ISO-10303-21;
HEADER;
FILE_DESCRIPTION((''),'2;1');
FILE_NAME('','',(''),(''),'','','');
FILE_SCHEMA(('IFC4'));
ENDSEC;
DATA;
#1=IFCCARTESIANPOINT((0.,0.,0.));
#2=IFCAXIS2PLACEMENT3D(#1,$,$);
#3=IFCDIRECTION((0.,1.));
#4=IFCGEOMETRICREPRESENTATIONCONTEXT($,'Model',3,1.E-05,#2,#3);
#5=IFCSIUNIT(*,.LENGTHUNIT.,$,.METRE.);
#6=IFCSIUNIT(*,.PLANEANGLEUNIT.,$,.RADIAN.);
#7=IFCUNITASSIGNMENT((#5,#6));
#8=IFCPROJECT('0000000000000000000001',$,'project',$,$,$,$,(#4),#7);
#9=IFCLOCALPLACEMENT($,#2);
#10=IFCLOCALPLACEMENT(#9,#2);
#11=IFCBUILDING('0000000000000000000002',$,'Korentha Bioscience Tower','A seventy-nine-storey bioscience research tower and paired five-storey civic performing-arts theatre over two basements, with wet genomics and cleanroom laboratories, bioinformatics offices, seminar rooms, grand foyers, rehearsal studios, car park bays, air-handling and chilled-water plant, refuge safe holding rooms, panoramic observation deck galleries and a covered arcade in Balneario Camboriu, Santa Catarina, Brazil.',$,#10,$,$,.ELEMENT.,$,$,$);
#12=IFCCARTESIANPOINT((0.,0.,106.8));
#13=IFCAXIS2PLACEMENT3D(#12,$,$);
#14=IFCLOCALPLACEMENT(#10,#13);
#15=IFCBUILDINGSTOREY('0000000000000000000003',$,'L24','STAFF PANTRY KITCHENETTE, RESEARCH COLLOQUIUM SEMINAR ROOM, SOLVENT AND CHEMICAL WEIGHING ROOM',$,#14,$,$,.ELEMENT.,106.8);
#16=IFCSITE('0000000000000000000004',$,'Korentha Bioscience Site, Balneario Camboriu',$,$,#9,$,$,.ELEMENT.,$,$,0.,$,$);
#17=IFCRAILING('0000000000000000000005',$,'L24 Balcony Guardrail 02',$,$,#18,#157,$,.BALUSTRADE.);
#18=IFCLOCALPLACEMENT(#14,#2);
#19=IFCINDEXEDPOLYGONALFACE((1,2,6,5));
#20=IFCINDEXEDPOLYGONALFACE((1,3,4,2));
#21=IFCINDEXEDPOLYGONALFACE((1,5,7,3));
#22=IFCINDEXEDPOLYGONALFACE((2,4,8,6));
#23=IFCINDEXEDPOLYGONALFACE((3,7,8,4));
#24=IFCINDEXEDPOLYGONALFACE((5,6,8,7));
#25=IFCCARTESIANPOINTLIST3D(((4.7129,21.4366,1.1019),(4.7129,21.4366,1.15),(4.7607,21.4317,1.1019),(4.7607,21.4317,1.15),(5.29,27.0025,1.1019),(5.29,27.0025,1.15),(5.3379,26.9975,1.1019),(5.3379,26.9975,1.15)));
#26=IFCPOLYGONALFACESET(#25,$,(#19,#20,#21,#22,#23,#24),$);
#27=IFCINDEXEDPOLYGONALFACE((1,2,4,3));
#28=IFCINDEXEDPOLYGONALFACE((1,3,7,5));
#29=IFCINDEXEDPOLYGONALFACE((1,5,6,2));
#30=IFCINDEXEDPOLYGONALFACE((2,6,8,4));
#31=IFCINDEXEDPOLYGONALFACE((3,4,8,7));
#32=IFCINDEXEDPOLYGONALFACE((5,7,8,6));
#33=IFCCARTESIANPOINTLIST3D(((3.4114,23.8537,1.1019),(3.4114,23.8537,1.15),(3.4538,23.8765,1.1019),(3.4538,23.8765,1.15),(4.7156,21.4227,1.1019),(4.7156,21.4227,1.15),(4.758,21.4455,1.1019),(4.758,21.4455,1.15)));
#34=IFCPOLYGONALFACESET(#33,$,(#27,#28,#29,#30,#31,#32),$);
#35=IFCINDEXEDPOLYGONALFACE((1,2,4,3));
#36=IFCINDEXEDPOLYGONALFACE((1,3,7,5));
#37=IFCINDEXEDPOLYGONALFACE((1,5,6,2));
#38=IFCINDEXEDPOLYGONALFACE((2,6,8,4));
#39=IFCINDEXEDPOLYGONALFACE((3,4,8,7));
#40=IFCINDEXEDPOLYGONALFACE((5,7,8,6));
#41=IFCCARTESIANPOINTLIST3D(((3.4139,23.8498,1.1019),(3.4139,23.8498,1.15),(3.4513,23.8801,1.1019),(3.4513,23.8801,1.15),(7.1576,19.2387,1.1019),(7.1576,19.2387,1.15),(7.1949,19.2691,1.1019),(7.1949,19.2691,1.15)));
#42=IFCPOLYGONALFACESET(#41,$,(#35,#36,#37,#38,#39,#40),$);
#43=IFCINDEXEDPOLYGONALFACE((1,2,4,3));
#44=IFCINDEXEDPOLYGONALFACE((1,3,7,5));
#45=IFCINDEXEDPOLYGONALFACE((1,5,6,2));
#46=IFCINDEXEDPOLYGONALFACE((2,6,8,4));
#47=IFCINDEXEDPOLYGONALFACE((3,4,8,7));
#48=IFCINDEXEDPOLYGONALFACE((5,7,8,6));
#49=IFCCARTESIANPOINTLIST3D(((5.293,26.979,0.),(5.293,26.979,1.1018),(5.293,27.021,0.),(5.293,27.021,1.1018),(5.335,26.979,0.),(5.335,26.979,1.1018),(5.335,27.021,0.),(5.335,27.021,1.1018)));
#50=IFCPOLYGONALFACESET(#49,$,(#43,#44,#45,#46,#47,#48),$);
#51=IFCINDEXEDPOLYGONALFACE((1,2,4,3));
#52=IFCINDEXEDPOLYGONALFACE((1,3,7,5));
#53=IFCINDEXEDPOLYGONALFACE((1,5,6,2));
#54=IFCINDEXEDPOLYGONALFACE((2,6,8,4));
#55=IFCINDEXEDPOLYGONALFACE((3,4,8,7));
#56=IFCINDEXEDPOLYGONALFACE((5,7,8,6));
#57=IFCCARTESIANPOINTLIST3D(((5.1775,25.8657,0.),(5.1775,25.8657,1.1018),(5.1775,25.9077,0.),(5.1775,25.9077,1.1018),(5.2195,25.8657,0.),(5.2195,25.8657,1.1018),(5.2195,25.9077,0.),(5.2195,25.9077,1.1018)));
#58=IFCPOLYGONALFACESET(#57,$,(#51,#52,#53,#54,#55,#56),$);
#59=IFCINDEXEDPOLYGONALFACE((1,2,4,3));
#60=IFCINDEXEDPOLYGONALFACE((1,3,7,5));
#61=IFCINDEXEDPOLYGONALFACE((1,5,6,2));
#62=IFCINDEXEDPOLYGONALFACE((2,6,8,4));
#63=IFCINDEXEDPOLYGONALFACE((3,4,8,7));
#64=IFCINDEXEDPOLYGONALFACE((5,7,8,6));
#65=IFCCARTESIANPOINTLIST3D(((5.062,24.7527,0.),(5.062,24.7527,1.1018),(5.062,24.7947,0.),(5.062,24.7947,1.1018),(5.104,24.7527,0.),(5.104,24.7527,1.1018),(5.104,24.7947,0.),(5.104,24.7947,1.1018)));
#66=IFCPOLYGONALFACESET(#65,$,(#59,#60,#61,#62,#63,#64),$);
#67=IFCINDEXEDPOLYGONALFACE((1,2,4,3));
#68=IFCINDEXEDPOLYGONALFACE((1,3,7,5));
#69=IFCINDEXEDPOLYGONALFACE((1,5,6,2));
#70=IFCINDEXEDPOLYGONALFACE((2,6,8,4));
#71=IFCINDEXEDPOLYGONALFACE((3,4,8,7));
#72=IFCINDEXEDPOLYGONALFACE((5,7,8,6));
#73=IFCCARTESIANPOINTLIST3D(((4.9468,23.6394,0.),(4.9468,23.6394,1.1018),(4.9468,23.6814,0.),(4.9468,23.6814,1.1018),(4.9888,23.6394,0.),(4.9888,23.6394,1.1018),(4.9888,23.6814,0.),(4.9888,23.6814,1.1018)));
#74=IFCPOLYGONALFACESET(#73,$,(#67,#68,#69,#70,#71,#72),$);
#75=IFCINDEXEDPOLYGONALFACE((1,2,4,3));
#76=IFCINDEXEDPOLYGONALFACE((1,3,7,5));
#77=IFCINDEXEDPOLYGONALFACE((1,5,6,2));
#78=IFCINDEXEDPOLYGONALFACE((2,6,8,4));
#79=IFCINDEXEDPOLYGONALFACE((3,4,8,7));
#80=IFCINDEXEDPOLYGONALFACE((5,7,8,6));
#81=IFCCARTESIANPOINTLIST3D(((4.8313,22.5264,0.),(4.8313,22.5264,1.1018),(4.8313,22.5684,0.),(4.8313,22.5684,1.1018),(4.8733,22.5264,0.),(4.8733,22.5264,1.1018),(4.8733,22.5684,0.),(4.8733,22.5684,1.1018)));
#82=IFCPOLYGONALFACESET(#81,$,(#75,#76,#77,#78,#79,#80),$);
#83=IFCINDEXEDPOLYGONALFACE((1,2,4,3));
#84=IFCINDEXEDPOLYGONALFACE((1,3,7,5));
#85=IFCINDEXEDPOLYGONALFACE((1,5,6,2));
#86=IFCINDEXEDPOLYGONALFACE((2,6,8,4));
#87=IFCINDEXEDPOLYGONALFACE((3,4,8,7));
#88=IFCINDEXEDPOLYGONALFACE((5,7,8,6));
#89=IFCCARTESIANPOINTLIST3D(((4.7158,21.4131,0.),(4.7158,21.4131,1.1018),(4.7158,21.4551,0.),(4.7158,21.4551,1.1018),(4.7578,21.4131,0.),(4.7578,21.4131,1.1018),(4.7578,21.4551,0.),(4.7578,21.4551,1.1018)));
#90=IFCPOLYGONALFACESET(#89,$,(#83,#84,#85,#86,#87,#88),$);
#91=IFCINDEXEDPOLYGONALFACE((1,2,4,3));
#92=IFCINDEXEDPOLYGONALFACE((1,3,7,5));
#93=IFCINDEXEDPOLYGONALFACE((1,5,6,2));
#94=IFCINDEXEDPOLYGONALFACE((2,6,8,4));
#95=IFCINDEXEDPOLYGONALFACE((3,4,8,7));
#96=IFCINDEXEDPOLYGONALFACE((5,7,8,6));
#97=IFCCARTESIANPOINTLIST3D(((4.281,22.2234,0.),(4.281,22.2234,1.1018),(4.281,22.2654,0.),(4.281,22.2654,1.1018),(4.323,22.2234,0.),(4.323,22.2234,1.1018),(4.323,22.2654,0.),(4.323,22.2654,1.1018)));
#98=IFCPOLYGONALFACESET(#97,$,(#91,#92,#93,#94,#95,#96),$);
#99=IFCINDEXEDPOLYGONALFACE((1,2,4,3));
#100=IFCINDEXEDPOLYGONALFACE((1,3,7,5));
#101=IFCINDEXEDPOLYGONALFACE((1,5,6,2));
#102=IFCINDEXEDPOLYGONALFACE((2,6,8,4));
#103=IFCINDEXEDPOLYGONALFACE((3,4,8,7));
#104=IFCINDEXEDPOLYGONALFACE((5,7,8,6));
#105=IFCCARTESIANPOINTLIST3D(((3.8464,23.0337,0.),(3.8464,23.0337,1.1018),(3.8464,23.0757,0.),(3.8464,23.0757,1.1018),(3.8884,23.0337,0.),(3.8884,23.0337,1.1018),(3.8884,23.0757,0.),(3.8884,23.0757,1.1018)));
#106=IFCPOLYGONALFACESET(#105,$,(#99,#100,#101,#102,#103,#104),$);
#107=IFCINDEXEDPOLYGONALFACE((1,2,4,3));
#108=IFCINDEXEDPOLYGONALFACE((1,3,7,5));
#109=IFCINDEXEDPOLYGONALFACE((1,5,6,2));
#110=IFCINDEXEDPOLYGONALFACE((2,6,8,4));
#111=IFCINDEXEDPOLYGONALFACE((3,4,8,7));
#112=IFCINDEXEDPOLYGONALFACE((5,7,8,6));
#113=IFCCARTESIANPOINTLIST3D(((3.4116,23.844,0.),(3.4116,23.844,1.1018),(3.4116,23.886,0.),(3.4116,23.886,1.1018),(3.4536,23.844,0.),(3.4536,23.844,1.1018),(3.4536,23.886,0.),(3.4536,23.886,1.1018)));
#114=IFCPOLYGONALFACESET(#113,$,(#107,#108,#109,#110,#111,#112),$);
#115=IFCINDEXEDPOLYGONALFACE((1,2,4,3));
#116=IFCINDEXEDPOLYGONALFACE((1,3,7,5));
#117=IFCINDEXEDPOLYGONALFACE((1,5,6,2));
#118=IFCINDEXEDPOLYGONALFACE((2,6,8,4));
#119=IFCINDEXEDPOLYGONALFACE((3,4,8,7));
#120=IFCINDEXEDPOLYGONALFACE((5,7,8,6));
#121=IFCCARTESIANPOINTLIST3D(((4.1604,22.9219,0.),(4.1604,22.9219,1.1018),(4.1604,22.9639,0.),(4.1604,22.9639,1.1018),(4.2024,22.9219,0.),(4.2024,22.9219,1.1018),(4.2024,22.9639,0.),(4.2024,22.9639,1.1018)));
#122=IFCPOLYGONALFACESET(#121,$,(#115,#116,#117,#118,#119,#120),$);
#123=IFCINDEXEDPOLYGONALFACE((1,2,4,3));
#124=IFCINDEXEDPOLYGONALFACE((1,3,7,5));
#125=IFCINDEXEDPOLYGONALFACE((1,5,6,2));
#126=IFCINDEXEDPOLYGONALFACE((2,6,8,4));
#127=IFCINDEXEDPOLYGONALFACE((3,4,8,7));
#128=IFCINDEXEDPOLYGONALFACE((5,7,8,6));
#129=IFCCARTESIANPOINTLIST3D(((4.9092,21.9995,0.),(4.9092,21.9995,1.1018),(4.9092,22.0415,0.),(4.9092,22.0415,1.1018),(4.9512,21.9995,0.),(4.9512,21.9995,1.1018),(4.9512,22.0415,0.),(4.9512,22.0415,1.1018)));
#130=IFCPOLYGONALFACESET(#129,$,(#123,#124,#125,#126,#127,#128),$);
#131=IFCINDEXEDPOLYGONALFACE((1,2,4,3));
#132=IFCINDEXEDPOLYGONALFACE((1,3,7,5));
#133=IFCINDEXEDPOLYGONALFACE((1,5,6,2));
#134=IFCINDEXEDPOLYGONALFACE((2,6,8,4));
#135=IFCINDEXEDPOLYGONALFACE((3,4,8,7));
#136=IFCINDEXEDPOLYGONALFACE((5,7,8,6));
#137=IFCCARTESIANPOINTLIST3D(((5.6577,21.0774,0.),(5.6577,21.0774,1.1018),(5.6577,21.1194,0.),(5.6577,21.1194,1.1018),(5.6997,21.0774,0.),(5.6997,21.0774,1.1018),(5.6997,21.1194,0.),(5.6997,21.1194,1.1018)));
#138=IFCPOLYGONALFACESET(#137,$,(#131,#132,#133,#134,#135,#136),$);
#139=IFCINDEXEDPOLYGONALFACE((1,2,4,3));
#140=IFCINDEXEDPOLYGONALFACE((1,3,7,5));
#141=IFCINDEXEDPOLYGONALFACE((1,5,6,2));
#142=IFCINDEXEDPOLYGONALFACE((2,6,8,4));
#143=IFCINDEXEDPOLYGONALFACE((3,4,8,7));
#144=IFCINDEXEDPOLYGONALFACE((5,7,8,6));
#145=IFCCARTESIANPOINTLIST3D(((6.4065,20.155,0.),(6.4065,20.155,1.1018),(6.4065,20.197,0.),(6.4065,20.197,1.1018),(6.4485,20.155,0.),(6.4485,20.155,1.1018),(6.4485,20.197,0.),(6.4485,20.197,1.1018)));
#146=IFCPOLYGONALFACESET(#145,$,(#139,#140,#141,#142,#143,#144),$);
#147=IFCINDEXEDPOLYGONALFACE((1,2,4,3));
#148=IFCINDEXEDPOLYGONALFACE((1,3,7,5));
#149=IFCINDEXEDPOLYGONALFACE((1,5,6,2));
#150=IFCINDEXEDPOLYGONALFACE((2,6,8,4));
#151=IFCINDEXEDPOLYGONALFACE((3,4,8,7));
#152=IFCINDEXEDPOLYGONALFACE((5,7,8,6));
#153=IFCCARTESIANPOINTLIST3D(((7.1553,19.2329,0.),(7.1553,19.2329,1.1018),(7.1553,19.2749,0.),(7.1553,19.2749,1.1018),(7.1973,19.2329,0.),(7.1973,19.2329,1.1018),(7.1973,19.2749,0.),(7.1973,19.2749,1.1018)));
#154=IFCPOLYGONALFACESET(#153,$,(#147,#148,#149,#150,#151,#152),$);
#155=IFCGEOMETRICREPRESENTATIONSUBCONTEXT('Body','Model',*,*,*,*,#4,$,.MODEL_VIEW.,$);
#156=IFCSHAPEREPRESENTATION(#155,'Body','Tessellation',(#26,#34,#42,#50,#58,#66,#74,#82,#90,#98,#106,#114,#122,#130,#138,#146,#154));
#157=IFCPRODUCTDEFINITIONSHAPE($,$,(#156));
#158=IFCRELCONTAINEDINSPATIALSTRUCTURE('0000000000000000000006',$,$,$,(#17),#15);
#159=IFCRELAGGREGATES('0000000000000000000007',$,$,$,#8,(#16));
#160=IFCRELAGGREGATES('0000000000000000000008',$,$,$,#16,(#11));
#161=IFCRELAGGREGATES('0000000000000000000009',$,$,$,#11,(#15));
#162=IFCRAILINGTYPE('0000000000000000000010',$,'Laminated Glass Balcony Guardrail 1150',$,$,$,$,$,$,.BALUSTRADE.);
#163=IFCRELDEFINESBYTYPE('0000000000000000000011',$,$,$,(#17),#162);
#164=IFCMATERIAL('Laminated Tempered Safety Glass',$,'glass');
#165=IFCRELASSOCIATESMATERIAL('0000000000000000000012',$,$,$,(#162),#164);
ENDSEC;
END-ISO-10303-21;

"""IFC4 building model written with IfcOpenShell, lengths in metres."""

from ifc_helpers import new_model, si_unit, direction, frame, origin, origin_2d, place, context, subcontext, project, spatial, rectangle, extrude, material, type_object, element, save


model = new_model("IFC4")

# Units and contexts
model_context = context("Model", 3, precision=1e-05, world=origin(), true_north=direction((0.0, 1.0)))
body_context = subcontext(model_context, "Body", "Model", "MODEL_VIEW")
ifc_project = project(units=[si_unit("LENGTHUNIT", "METRE"), si_unit("PLANEANGLEUNIT", "RADIAN")], contexts=[model_context])

# Site, building, storey
site_placement = place(None, origin())
site = spatial("IfcSite", under=ifc_project, at=site_placement, Name="Korentha Bioscience Site, Balneario Camboriu", CompositionType="ELEMENT", RefElevation=0.0)
building_placement = place(site_placement, origin())
building = spatial("IfcBuilding", under=site, at=building_placement, Name="Korentha Bioscience Tower", Description="A seventy-nine-storey bioscience research tower and paired five-storey civic performing-arts theatre over two basements, with wet genomics and cleanroom laboratories, bioinformatics offices, seminar rooms, grand foyers, rehearsal studios, car park bays, air-handling and chilled-water plant, refuge safe holding rooms, panoramic observation deck galleries and a covered arcade in Balneario Camboriu, Santa Catarina, Brazil.", CompositionType="ELEMENT")
storey_placement = place(building_placement, frame((0.0, 0.0, 106.8)))
storey = spatial("IfcBuildingStorey", under=building, at=storey_placement, Name="L24", Description="STAFF PANTRY KITCHENETTE, RESEARCH COLLOQUIUM SEMINAR ROOM, SOLVENT AND CHEMICAL WEIGHING ROOM", CompositionType="ELEMENT", Elevation=106.8)

# Railing
ifc_material_1 = material(Name="Laminated Tempered Safety Glass", Category="glass")
railing_type = type_object("IfcRailingType", Name="Laminated Glass Balcony Guardrail 1150", PredefinedType="BALUSTRADE", material=ifc_material_1)
railing_placement = place(storey_placement, frame((5.314, 27.0, 0.0)))
element("IfcRailing", 1, at=railing_placement, inside=storey, type_object=railing_type, Name="L24 Balcony Guardrail 02", PredefinedType="BALUSTRADE", context=body_context, shape_type="SweptSolid", body=[
    extrude(rectangle(XDim=0.0481, YDim=0.0481, at=origin_2d()), frame((0.0, 0.0, 1.126), z_axis=(-0.10314, -0.994667, 0.0), x_axis=(0.994667, -0.10314, 0.0)), (0.0, 0.0, 1.0), 5.5957),
    extrude(rectangle(XDim=0.0481, YDim=0.0481, at=origin_2d()), frame((-0.5771, -5.5659, 1.126), z_axis=(-0.472764, 0.881189, 0.0), x_axis=(-0.881189, -0.472764, 0.0)), (0.0, 0.0, 1.0), 2.7588),
    extrude(rectangle(XDim=0.0481, YDim=0.0481, at=origin_2d()), frame((-1.8813, -3.135, 1.126), z_axis=(0.630303, -0.776349, 0.0), x_axis=(0.776349, 0.630303, 0.0)), (0.0, 0.0, 1.0), 5.9395),
    extrude(rectangle(XDim=0.042, YDim=0.042, at=origin_2d()), origin(), (0.0, 0.0, 1.0), 1.1018),
    extrude(rectangle(XDim=0.042, YDim=0.042, at=origin_2d()), frame((-0.1155, -1.1133, 0.0)), (0.0, 0.0, 1.0), 1.1018),
    extrude(rectangle(XDim=0.042, YDim=0.042, at=origin_2d()), frame((-0.231, -2.2263, 0.0)), (0.0, 0.0, 1.0), 1.1018),
    extrude(rectangle(XDim=0.042, YDim=0.042, at=origin_2d()), frame((-0.3462, -3.3396, 0.0)), (0.0, 0.0, 1.0), 1.1018),
    extrude(rectangle(XDim=0.042, YDim=0.042, at=origin_2d()), frame((-0.4617, -4.4526, 0.0)), (0.0, 0.0, 1.0), 1.1018),
    extrude(rectangle(XDim=0.042, YDim=0.042, at=origin_2d()), frame((-0.5771, -5.5659, 0.0)), (0.0, 0.0, 1.0), 1.1018),
    extrude(rectangle(XDim=0.042, YDim=0.042, at=origin_2d()), frame((-1.012, -4.7556, 0.0)), (0.0, 0.0, 1.0), 1.1018),
    extrude(rectangle(XDim=0.042, YDim=0.042, at=origin_2d()), frame((-1.4465, -3.9453, 0.0)), (0.0, 0.0, 1.0), 1.1018),
    extrude(rectangle(XDim=0.042, YDim=0.042, at=origin_2d()), frame((-1.8813, -3.135, 0.0)), (0.0, 0.0, 1.0), 1.1018),
    extrude(rectangle(XDim=0.042, YDim=0.042, at=origin_2d()), frame((-1.1326, -4.0571, 0.0)), (0.0, 0.0, 1.0), 1.1018),
    extrude(rectangle(XDim=0.042, YDim=0.042, at=origin_2d()), frame((-0.3838, -4.9795, 0.0)), (0.0, 0.0, 1.0), 1.1018),
    extrude(rectangle(XDim=0.042, YDim=0.042, at=origin_2d()), frame((0.3647, -5.9016, 0.0)), (0.0, 0.0, 1.0), 1.1018),
    extrude(rectangle(XDim=0.042, YDim=0.042, at=origin_2d()), frame((1.1135, -6.824, 0.0)), (0.0, 0.0, 1.0), 1.1018),
    extrude(rectangle(XDim=0.042, YDim=0.042, at=origin_2d()), frame((1.8623, -7.7461, 0.0)), (0.0, 0.0, 1.0), 1.1018),
])

save(model, "model.ifc")
